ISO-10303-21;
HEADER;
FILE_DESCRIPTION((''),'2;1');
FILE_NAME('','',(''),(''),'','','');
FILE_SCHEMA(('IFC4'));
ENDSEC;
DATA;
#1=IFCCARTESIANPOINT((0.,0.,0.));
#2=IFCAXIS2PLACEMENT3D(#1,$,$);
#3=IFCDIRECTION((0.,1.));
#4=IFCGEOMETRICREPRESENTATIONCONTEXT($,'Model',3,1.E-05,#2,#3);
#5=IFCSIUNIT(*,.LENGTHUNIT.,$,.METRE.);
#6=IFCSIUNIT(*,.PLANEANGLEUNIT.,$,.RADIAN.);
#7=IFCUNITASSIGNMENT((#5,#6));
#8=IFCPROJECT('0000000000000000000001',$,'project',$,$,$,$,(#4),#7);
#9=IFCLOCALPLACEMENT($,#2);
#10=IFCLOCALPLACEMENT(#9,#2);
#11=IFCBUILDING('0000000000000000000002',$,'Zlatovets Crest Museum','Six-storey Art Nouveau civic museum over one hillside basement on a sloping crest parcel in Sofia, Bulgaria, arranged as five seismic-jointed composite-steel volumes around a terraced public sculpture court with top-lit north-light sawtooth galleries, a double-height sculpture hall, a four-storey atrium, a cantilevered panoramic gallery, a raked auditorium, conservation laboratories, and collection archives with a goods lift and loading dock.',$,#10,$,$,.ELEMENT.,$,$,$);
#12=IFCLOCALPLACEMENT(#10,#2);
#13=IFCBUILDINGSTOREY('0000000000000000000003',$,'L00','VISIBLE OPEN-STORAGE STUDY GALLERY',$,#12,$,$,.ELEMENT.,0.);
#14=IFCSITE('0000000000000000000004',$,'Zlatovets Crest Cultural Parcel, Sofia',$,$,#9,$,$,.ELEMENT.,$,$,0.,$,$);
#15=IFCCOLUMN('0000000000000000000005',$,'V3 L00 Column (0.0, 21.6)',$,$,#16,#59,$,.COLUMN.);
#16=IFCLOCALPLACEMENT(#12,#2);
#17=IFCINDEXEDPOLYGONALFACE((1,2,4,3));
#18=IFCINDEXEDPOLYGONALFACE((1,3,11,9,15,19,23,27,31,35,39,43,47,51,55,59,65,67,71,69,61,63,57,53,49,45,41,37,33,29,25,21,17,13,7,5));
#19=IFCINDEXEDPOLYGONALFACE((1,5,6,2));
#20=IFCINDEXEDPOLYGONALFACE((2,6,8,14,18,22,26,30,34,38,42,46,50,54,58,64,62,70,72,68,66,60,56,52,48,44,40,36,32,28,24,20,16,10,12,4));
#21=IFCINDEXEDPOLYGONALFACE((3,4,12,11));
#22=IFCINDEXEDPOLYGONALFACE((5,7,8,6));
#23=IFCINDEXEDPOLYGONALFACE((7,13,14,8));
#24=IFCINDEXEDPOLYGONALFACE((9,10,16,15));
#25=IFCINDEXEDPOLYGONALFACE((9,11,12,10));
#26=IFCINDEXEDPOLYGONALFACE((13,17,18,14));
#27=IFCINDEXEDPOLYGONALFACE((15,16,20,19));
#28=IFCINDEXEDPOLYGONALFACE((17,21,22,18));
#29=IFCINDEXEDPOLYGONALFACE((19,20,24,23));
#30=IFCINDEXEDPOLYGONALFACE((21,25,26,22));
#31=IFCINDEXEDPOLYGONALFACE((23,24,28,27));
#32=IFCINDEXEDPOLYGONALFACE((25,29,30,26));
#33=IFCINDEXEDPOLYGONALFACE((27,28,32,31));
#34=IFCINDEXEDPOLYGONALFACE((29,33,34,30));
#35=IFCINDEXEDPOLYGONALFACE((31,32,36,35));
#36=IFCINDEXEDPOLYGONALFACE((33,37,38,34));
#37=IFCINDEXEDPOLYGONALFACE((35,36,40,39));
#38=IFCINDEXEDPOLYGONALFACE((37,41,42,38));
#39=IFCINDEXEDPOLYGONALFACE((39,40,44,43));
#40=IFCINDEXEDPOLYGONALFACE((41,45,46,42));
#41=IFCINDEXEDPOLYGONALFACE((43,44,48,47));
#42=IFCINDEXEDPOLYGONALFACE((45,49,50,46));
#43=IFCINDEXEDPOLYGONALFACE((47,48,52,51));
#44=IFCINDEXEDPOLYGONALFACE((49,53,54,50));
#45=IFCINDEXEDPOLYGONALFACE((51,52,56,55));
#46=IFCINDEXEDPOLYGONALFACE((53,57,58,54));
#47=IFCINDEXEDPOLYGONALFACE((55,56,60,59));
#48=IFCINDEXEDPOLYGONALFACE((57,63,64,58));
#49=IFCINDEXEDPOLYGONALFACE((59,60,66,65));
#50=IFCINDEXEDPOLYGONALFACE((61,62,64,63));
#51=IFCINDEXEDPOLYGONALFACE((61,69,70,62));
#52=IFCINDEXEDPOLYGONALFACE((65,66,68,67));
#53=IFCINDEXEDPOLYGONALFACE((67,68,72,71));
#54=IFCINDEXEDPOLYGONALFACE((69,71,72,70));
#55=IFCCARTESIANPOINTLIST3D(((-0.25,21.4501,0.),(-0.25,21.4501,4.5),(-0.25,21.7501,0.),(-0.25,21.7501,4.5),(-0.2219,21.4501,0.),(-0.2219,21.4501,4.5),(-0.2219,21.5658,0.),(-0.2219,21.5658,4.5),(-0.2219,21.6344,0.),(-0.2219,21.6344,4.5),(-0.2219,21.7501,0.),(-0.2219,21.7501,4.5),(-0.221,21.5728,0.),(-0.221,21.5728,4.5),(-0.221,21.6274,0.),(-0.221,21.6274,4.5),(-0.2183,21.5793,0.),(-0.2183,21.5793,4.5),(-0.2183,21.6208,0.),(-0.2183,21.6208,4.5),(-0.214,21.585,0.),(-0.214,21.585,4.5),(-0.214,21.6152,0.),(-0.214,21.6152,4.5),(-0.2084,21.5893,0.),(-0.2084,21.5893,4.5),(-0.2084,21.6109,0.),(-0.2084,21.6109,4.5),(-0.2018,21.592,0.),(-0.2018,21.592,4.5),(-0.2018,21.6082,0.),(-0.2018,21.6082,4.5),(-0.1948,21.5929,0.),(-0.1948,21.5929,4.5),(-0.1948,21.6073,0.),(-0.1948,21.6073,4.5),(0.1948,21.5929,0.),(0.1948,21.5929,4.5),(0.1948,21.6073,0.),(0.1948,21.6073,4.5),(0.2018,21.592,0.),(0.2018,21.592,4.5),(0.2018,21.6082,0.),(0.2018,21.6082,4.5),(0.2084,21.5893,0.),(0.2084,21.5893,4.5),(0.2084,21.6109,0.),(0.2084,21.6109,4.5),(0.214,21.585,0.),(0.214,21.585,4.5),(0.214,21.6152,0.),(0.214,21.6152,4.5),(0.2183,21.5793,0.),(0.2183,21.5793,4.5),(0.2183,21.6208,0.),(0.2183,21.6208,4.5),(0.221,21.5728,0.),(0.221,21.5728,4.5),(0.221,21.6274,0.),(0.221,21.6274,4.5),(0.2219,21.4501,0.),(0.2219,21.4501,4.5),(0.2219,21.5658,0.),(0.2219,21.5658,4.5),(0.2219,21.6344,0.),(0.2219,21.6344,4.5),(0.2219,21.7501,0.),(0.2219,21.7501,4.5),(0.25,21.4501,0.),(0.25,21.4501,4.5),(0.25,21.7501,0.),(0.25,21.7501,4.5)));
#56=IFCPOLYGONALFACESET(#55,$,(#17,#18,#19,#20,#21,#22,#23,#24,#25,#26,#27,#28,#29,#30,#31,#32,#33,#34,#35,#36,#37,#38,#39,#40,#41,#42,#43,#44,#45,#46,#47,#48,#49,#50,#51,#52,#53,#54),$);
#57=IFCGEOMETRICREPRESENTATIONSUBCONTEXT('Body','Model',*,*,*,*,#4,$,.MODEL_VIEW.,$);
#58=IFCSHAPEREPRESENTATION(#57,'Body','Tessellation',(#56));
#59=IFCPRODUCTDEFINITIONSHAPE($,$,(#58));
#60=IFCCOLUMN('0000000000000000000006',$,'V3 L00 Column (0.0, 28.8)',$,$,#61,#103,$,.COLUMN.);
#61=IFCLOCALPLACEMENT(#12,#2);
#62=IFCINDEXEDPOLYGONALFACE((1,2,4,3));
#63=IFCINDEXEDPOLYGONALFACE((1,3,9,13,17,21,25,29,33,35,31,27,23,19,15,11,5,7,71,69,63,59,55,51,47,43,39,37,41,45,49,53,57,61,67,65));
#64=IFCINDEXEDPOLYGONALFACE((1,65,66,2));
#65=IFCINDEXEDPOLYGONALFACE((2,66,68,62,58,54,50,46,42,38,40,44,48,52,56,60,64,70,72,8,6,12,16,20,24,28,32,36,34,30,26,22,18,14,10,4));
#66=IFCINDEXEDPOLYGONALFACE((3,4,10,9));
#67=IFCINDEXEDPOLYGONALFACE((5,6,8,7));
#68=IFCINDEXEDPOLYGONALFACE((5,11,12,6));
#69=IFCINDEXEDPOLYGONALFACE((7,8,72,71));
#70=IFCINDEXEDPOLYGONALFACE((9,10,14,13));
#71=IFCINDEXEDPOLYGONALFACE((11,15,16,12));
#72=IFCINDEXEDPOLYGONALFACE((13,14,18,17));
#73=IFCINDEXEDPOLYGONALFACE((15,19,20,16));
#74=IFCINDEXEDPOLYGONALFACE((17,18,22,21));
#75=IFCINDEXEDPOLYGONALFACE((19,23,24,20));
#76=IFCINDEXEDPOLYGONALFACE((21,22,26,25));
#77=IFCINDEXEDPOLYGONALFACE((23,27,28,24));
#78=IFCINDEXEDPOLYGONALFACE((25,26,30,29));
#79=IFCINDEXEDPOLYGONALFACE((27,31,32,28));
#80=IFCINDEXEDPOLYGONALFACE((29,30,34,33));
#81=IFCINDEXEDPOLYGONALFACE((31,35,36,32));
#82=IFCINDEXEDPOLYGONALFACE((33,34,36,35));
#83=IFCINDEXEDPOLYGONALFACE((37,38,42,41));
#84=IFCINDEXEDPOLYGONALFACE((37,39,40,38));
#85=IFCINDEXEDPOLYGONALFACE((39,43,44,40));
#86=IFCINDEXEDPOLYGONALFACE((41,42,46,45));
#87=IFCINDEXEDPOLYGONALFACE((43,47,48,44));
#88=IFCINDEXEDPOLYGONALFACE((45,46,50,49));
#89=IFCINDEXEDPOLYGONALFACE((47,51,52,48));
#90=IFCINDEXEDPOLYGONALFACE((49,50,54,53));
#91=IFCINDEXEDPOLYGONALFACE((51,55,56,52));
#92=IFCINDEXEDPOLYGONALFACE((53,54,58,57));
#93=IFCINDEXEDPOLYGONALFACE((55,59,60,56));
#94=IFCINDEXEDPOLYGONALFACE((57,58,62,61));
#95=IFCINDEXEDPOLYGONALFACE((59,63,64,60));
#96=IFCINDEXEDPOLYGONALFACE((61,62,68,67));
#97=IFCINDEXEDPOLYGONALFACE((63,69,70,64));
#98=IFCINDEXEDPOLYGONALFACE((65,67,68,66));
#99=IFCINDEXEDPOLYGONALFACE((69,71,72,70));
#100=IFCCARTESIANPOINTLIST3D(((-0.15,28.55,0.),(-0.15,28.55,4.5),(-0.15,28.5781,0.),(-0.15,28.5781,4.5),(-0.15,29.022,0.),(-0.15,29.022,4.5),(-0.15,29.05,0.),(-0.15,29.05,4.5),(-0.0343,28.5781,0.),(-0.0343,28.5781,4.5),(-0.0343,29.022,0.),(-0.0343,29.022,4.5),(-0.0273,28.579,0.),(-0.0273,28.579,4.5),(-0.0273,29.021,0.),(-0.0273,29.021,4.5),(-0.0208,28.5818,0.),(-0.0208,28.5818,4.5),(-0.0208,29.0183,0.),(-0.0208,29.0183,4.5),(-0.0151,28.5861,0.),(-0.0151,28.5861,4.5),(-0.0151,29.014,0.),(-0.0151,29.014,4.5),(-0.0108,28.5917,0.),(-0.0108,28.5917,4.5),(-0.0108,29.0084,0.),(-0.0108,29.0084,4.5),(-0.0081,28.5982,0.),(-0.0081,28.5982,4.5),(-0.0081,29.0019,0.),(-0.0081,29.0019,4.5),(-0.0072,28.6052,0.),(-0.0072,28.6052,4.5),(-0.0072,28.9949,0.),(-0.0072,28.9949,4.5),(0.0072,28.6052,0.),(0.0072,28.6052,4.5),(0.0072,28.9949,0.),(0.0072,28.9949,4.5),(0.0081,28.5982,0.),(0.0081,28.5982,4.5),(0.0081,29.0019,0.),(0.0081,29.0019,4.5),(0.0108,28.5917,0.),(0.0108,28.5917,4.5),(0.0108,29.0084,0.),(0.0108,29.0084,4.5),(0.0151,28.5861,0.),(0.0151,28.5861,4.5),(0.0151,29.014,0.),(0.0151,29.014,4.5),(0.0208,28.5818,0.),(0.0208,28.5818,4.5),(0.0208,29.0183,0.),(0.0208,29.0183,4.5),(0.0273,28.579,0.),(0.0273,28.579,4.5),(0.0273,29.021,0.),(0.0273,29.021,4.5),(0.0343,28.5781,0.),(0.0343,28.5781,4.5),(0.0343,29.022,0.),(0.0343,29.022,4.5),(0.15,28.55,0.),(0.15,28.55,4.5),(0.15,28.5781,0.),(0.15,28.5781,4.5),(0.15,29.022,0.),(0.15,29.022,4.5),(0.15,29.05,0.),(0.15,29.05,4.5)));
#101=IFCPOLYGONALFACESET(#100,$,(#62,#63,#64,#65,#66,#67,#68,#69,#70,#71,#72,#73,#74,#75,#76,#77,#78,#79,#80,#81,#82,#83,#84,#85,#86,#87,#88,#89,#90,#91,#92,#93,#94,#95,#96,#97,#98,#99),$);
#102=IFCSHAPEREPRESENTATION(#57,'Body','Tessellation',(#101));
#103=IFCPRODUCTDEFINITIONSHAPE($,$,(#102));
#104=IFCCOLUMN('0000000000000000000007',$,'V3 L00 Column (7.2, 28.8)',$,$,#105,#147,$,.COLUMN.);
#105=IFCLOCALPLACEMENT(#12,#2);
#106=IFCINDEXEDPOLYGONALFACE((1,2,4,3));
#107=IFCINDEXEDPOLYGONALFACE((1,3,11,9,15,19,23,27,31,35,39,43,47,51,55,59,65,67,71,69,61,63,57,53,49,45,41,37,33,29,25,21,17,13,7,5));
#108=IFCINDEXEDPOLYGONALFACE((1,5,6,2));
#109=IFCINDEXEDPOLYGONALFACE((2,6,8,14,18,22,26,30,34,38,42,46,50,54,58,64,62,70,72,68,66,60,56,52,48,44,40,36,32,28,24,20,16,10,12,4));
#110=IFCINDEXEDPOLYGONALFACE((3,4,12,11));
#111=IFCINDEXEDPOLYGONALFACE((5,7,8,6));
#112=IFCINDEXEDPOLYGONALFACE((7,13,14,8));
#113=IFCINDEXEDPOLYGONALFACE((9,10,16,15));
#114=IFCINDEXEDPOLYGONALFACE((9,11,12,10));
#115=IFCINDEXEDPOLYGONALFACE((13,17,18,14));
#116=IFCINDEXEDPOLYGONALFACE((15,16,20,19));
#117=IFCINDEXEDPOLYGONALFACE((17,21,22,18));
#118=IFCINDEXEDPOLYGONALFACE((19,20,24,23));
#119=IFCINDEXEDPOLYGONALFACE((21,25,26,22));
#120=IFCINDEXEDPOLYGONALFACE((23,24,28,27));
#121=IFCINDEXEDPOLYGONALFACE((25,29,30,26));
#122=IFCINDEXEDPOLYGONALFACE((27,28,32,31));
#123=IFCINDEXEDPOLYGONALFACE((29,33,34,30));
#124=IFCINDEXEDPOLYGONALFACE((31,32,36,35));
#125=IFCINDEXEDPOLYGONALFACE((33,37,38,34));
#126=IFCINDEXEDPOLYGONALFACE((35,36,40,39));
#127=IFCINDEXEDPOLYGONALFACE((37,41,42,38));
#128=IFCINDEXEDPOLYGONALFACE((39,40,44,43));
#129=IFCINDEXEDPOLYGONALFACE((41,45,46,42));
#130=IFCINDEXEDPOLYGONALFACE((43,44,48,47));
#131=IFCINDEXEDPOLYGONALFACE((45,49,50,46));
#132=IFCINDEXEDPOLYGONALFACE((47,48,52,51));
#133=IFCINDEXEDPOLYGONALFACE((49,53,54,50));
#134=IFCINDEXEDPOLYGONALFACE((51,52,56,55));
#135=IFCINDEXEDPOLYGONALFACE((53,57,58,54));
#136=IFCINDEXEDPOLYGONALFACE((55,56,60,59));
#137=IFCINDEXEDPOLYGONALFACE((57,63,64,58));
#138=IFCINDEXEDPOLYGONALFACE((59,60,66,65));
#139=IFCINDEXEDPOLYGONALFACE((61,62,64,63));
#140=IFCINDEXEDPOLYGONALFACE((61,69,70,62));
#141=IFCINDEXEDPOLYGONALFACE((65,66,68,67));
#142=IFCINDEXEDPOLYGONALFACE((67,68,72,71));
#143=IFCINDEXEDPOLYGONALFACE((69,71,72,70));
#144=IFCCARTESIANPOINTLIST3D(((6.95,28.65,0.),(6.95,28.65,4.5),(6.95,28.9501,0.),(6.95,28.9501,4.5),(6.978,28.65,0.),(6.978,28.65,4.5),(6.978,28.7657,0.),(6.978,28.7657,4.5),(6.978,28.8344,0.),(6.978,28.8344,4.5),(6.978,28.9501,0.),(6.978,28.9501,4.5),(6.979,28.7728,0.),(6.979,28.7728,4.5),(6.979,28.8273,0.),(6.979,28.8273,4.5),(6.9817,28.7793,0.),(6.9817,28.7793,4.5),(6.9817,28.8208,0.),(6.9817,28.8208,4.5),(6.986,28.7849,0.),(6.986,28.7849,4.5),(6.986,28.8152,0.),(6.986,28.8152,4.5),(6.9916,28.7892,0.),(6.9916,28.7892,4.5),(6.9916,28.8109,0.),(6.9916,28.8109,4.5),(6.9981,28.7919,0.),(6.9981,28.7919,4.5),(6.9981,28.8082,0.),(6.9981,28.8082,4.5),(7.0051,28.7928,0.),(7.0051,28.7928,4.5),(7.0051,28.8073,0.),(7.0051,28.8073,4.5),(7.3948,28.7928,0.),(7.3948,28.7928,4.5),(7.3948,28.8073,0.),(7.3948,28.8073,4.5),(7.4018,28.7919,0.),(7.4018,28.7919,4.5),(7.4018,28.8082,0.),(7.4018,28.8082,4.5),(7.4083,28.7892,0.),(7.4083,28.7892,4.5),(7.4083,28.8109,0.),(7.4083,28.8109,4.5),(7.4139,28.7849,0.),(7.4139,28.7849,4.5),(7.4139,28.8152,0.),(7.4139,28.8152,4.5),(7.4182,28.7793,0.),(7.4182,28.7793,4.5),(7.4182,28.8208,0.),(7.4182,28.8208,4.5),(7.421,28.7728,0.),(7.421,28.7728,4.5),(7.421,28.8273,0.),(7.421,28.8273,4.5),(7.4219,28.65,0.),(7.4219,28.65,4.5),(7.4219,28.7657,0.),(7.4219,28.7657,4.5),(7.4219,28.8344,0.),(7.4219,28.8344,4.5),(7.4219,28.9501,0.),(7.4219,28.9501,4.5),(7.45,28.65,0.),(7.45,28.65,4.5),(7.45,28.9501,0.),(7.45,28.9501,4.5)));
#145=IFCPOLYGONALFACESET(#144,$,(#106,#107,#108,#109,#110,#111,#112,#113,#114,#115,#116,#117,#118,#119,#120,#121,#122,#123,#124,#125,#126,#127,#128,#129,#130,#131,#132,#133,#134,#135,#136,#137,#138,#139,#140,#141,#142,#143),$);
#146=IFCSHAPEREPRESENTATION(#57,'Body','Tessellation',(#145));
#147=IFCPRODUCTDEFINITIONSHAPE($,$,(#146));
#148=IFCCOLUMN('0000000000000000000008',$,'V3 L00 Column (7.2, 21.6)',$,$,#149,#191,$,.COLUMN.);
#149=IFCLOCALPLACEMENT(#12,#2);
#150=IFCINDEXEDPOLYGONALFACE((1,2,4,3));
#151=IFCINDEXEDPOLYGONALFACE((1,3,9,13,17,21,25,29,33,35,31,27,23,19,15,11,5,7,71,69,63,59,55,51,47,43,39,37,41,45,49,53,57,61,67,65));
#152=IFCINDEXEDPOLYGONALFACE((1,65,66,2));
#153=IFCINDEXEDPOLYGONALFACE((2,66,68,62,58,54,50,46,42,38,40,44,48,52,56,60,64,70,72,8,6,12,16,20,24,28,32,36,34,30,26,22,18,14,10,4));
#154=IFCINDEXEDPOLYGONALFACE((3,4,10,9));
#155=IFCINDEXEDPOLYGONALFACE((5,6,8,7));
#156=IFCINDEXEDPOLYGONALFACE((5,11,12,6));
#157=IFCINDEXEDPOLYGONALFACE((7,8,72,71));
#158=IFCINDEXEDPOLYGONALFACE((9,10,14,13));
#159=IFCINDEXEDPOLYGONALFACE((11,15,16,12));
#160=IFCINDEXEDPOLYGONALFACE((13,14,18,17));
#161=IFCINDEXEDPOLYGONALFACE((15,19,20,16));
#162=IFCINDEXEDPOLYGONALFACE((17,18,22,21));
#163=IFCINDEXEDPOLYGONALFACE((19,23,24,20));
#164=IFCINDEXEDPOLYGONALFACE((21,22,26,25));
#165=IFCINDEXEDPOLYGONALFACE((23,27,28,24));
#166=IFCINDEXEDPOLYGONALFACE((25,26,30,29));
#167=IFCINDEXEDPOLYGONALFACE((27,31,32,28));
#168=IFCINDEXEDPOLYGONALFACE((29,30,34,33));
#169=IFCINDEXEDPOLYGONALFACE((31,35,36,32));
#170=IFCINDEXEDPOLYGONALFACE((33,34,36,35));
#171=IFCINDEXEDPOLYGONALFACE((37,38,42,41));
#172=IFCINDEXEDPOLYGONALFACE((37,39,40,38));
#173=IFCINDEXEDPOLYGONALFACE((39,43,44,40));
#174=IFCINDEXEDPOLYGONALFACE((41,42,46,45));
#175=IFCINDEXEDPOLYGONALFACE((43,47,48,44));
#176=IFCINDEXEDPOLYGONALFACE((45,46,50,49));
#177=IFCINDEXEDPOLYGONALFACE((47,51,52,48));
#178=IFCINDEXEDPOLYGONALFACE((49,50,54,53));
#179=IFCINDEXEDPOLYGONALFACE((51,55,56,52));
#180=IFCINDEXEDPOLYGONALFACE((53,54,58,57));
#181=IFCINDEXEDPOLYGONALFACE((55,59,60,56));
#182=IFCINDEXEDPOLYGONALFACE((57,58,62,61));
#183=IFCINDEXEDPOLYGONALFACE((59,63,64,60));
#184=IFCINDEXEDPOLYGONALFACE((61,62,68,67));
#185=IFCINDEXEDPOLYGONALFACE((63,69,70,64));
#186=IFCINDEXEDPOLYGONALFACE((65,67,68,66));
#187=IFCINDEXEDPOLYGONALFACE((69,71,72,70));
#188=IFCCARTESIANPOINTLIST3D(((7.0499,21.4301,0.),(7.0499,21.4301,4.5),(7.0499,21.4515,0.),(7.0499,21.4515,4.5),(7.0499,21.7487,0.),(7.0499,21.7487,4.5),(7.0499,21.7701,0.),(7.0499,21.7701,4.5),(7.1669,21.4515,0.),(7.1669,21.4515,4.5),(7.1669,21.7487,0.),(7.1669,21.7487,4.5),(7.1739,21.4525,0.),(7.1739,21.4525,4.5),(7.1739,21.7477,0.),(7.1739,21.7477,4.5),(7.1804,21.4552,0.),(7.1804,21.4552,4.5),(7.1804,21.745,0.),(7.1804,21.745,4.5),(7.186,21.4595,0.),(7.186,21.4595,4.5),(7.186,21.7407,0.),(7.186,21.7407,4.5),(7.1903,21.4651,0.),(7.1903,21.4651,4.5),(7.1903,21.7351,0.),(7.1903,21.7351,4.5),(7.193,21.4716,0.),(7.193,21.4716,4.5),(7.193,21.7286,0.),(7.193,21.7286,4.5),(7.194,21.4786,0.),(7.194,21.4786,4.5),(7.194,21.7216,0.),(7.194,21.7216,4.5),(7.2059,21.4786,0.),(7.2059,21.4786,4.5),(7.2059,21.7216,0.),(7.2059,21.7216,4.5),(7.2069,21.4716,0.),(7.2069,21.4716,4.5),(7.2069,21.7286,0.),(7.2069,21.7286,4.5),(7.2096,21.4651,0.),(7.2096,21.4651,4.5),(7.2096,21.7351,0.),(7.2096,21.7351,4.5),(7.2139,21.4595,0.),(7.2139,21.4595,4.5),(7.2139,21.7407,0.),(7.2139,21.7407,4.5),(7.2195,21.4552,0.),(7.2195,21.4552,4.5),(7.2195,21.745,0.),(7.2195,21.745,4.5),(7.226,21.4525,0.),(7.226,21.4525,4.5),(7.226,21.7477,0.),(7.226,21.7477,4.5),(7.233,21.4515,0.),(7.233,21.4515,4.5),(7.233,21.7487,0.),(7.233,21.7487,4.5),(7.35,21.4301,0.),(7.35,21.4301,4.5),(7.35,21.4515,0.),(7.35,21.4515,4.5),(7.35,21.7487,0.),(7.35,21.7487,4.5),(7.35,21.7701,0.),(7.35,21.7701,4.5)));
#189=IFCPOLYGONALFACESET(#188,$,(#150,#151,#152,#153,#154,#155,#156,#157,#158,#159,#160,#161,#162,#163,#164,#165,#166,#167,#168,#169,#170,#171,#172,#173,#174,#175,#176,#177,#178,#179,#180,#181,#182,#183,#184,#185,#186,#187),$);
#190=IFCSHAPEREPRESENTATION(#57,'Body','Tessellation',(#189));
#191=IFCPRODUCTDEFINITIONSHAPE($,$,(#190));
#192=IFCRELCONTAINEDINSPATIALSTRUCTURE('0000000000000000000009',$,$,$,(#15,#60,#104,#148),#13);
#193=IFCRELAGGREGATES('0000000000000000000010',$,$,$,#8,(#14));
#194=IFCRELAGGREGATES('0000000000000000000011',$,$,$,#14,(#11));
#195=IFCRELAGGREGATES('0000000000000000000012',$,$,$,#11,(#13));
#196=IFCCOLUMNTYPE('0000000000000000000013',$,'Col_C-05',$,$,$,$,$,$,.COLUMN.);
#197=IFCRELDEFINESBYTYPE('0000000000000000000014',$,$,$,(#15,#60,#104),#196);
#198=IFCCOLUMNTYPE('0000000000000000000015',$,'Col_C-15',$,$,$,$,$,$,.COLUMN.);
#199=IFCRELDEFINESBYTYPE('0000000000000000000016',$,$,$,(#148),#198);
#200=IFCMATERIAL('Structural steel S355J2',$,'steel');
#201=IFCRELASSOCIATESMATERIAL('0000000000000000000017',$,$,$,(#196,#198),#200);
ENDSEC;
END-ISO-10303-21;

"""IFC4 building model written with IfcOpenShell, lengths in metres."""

from ifc_helpers import new_model, si_unit, direction, frame, origin, origin_2d, place, context, subcontext, project, spatial, i_section, extrude, material, material_profile, profile_set, type_object, element, save


model = new_model("IFC4")

# Units and contexts
model_context = context("Model", 3, precision=1e-05, world=origin(), true_north=direction((0.0, 1.0)))
body_context = subcontext(model_context, "Body", "Model", "MODEL_VIEW")
ifc_project = project(units=[si_unit("LENGTHUNIT", "METRE"), si_unit("PLANEANGLEUNIT", "RADIAN")], contexts=[model_context])

# Site, building, storey
site_placement = place(None, origin())
site = spatial("IfcSite", under=ifc_project, at=site_placement, Name="Zlatovets Crest Cultural Parcel, Sofia", CompositionType="ELEMENT", RefElevation=0.0)
building_placement = place(site_placement, origin())
building = spatial("IfcBuilding", under=site, at=building_placement, Name="Zlatovets Crest Museum", Description="Six-storey Art Nouveau civic museum over one hillside basement on a sloping crest parcel in Sofia, Bulgaria, arranged as five seismic-jointed composite-steel volumes around a terraced public sculpture court with top-lit north-light sawtooth galleries, a double-height sculpture hall, a four-storey atrium, a cantilevered panoramic gallery, a raked auditorium, conservation laboratories, and collection archives with a goods lift and loading dock.", CompositionType="ELEMENT")
storey_placement = place(building_placement, origin())
storey = spatial("IfcBuildingStorey", under=building, at=storey_placement, Name="L00", Description="VISIBLE OPEN-STORAGE STUDY GALLERY", CompositionType="ELEMENT", Elevation=0.0)

# Columns
ifc_material_1 = material(Name="Structural steel S355J2", Category="steel")
ifc_material_profile_1 = material_profile(ifc_material_1, i_section(OverallWidth=0.3, OverallDepth=0.5, WebThickness=0.0144, FlangeThickness=0.0281, FilletRadius=0.0271, at=origin_2d()), Name="HEB 500")
ifc_profile_set_1 = profile_set([ifc_material_profile_1], Name="Structural steel S355J2")
column_type_1 = type_object("IfcColumnType", Name="Col_C-05", PredefinedType="COLUMN", material=ifc_profile_set_1)
for number, where, z_axis, x_axis, name in (
    (1, (0.0, 21.6001, 0.0), (0.0, 0.0, 1.0), (0.0, 1.0, 0.0), "V3 L00 Column (0.0, 21.6)"),
    (2, (0.0, 28.8, 0.0), (0.0, 0.0, 1.0), (1.0, 0.0, 0.0), "V3 L00 Column (0.0, 28.8)"),
    (3, (7.2, 28.8, 0.0), (0.0, 0.0, 1.0), (0.0, 1.0, 0.0), "V3 L00 Column (7.2, 28.8)"),
):
    element("IfcColumn", number, at=place(storey_placement, frame(where, z_axis=z_axis, x_axis=x_axis)), inside=storey, type_object=column_type_1, Name=name, PredefinedType="COLUMN", context=body_context, shape_type="SweptSolid", body=[
        extrude(i_section(OverallWidth=0.3, OverallDepth=0.5, WebThickness=0.0144, FlangeThickness=0.0281, FilletRadius=0.0271, at=origin_2d()), origin(), (0.0, 0.0, 1.0), 4.5),
    ])
ifc_material_profile_2 = material_profile(ifc_material_1, i_section(OverallWidth=0.3, OverallDepth=0.3401, WebThickness=0.012, FlangeThickness=0.0215, FilletRadius=0.0271, at=origin_2d()), Name="HEB 340")
ifc_profile_set_2 = profile_set([ifc_material_profile_2], Name="Structural steel S355J2")
column_type_2 = type_object("IfcColumnType", Name="Col_C-15", PredefinedType="COLUMN", material=ifc_profile_set_2)
column_placement = place(storey_placement, frame((7.2, 21.6001, 0.0), z_axis=(0.0, 0.0, 1.0), x_axis=(1.0, 0.0, 0.0)))
element("IfcColumn", 4, at=column_placement, inside=storey, type_object=column_type_2, Name="V3 L00 Column (7.2, 21.6)", PredefinedType="COLUMN", context=body_context, shape_type="SweptSolid", body=[
    extrude(i_section(OverallWidth=0.3, OverallDepth=0.3401, WebThickness=0.012, FlangeThickness=0.0215, FilletRadius=0.0271, at=origin_2d()), origin(), (0.0, 0.0, 1.0), 4.5),
])

save(model, "model.ifc")
